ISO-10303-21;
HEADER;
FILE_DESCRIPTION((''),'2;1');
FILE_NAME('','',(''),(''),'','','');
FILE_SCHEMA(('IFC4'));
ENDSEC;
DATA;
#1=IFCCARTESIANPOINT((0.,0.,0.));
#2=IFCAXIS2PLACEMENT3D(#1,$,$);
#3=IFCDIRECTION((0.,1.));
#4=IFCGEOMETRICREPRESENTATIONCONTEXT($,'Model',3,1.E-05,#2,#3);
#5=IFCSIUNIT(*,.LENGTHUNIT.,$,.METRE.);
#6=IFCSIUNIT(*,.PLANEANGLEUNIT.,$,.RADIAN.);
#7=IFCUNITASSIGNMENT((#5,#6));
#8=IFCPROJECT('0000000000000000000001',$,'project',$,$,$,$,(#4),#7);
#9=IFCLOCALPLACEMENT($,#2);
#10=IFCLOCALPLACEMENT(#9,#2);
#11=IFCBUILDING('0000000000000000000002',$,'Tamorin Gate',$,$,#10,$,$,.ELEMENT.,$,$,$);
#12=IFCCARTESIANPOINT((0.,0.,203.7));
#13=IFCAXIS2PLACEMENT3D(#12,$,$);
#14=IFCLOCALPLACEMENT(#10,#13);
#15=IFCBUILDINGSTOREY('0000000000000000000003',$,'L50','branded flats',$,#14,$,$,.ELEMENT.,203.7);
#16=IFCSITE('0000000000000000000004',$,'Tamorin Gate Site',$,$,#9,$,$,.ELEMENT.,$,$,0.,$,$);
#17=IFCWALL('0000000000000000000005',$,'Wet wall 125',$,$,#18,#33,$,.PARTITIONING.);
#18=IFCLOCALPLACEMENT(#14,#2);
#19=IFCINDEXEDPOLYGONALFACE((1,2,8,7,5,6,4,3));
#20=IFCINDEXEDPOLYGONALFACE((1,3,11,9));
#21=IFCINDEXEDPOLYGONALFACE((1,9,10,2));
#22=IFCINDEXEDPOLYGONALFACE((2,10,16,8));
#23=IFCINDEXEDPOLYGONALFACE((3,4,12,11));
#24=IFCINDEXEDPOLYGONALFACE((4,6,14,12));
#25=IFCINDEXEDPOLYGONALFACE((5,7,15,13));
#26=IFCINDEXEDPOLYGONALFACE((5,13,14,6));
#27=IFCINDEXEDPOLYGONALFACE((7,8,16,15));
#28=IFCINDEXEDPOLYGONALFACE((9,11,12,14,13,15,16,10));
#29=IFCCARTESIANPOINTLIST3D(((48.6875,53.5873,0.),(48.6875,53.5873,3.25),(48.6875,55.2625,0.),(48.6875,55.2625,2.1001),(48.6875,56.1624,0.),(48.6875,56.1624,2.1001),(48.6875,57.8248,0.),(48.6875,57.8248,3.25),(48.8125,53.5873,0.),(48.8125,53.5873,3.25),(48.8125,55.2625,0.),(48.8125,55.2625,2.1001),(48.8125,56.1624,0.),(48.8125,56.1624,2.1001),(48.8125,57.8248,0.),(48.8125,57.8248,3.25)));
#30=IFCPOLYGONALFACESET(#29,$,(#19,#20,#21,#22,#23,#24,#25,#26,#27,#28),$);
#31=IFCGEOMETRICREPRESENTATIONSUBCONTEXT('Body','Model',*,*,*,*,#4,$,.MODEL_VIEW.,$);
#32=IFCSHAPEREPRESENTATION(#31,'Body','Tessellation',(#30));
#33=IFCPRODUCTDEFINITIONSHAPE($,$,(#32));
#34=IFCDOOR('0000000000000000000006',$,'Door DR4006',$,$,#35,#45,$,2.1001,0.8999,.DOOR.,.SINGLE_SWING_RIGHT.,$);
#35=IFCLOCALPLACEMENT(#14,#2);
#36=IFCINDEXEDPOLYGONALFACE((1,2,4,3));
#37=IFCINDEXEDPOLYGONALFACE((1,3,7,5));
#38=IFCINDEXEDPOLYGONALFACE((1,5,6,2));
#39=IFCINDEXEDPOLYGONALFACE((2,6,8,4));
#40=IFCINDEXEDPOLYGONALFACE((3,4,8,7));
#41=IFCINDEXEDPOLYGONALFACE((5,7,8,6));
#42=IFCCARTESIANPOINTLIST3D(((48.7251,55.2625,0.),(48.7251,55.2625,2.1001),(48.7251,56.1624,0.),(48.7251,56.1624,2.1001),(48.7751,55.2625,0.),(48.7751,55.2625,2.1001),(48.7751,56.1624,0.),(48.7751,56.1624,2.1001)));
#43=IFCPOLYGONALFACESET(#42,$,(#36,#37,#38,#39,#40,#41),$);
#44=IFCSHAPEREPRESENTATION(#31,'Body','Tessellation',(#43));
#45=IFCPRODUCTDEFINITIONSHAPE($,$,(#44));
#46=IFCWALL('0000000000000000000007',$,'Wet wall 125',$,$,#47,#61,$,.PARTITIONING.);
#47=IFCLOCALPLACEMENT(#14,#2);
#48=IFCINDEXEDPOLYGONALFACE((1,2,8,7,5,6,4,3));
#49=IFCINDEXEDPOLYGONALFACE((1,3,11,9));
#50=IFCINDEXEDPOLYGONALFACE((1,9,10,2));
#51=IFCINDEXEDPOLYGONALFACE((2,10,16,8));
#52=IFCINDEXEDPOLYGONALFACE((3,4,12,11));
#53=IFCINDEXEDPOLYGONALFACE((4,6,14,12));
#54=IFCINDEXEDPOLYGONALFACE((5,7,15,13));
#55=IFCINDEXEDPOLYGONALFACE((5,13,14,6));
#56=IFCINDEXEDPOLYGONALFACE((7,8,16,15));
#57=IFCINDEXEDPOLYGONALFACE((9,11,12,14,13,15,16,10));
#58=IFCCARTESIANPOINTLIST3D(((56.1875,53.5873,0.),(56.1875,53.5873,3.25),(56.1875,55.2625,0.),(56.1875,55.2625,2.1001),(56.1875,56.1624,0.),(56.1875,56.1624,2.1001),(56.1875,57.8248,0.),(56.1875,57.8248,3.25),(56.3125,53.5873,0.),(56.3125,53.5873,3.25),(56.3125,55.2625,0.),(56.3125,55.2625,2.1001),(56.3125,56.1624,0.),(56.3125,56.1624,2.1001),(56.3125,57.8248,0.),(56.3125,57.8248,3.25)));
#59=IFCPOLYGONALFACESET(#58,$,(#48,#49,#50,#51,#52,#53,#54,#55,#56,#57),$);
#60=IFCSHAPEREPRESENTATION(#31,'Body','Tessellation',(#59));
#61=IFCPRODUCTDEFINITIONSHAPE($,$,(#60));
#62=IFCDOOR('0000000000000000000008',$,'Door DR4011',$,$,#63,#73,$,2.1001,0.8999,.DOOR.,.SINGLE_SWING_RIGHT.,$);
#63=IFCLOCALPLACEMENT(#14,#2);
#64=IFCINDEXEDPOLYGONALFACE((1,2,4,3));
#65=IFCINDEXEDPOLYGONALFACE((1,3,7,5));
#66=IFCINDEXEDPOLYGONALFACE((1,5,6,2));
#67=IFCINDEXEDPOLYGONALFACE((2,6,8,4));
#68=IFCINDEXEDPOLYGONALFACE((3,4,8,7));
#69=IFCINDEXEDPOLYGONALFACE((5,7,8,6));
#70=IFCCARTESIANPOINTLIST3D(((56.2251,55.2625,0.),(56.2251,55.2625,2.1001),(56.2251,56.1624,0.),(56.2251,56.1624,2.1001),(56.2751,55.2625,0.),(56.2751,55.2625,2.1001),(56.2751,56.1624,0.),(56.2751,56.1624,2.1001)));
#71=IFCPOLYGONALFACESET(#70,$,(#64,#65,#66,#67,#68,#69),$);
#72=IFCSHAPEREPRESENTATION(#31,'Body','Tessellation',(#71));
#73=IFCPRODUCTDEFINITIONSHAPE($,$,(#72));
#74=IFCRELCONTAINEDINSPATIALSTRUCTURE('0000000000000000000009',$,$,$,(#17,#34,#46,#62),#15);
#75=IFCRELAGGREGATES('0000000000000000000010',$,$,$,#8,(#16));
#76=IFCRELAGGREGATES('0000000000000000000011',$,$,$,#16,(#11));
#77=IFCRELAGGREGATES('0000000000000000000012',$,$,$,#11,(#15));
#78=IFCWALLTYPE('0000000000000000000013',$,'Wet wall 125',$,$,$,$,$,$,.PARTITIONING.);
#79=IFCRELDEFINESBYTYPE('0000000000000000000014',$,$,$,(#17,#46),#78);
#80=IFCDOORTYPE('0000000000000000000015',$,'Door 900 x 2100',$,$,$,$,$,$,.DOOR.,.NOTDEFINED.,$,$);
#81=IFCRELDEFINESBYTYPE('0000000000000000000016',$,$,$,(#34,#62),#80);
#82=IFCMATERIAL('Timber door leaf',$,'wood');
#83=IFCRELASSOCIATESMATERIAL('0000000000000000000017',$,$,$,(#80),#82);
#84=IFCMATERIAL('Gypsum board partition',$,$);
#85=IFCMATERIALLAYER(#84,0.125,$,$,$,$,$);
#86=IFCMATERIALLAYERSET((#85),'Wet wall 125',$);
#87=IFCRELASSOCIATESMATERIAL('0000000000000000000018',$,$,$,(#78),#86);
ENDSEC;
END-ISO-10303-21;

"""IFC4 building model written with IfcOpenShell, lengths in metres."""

from ifc_helpers import new_model, si_unit, direction, frame, frame_2d, origin, place, context, subcontext, project, spatial, rectangle, extrude, material, layer, layer_set, type_object, element, fill, save


model = new_model("IFC4")

# Units and contexts
model_context = context("Model", 3, precision=1e-05, world=origin(), true_north=direction((0.0, 1.0)))
body_context = subcontext(model_context, "Body", "Model", "MODEL_VIEW")
ifc_project = project(units=[si_unit("LENGTHUNIT", "METRE"), si_unit("PLANEANGLEUNIT", "RADIAN")], contexts=[model_context])

# Site, building, storey
site_placement = place(None, origin())
site = spatial("IfcSite", under=ifc_project, at=site_placement, Name="Tamorin Gate Site", CompositionType="ELEMENT", RefElevation=0.0)
building_placement = place(site_placement, origin())
building = spatial("IfcBuilding", under=site, at=building_placement, Name="Tamorin Gate", CompositionType="ELEMENT")
storey_placement = place(building_placement, frame((0.0, 0.0, 203.7)))
storey = spatial("IfcBuildingStorey", under=building, at=storey_placement, Name="L50", Description="branded flats", CompositionType="ELEMENT", Elevation=203.7)

# Shared definitions
ifc_material_1 = material(Name="Gypsum board partition")

# Shared definitions
ifc_material_2 = material(Name="Timber door leaf", Category="wood")
door_type = type_object("IfcDoorType", Name="Door 900 x 2100", OperationType="NOTDEFINED", PredefinedType="DOOR", material=ifc_material_2)

# Shared definitions
ifc_layer_1 = layer(ifc_material_1, 0.125)
ifc_layer_set_1 = layer_set([ifc_layer_1], Name="Wet wall 125")
wall_type_1 = type_object("IfcWallType", Name="Wet wall 125", PredefinedType="PARTITIONING", material=ifc_layer_set_1)

# Walls, openings, doors
wall_1_placement = place(storey_placement, frame((48.75, 53.5874, 0.0), z_axis=(0.0, 0.0, 1.0), x_axis=(0.0, 1.0, 0.0)))
wall_1 = element("IfcWall", 1, at=wall_1_placement, inside=storey, type_object=wall_type_1, Name="Wet wall 125", PredefinedType="PARTITIONING", context=body_context, shape_type="SweptSolid", body=[
    extrude(rectangle(XDim=4.2375, YDim=0.125, at=frame_2d((2.1187, 0.0))), origin(), (0.0, 0.0, 1.0), 3.25),
])
opening_1_placement = place(wall_1_placement, frame((1.675, 0.0, 0.0)))
opening_1 = element("IfcOpeningElement", 2, at=opening_1_placement, cuts=wall_1, PredefinedType="OPENING", context=body_context, shape_type="SweptSolid", body=[
    extrude(rectangle(XDim=0.8999, YDim=2.1001, at=frame_2d((0.45, 1.05))), frame((0.0, 0.0725, 0.0), z_axis=(0.0, -1.0, 0.0), x_axis=(1.0, 0.0, 0.0)), (0.0, 0.0, 1.0), 0.145),
])
door_1_placement = place(opening_1_placement, origin())
door_1 = element("IfcDoor", 3, at=door_1_placement, inside=storey, type_object=door_type, Name="Door DR4006", OperationType="SINGLE_SWING_RIGHT", OverallHeight=2.1001, OverallWidth=0.8999, PredefinedType="DOOR", context=body_context, shape_type="SweptSolid", body=[
    extrude(rectangle(XDim=0.8999, YDim=2.1001, at=frame_2d((0.45, 1.05))), frame((0.0, 0.0249, 0.0), z_axis=(0.0, -1.0, 0.0), x_axis=(1.0, 0.0, 0.0)), (0.0, 0.0, 1.0), 0.05),
])
fill(opening_1, door_1)
wall_2_placement = place(storey_placement, frame((56.25, 53.5874, 0.0), z_axis=(0.0, 0.0, 1.0), x_axis=(0.0, 1.0, 0.0)))
wall_2 = element("IfcWall", 4, at=wall_2_placement, inside=storey, type_object=wall_type_1, Name="Wet wall 125", PredefinedType="PARTITIONING", context=body_context, shape_type="SweptSolid", body=[
    extrude(rectangle(XDim=4.2375, YDim=0.125, at=frame_2d((2.1187, 0.0))), origin(), (0.0, 0.0, 1.0), 3.25),
])
opening_2_placement = place(wall_2_placement, frame((1.675, 0.0, 0.0)))
opening_2 = element("IfcOpeningElement", 5, at=opening_2_placement, cuts=wall_2, PredefinedType="OPENING", context=body_context, shape_type="SweptSolid", body=[
    extrude(rectangle(XDim=0.8999, YDim=2.1001, at=frame_2d((0.45, 1.05))), frame((0.0, 0.0725, 0.0), z_axis=(0.0, -1.0, 0.0), x_axis=(1.0, 0.0, 0.0)), (0.0, 0.0, 1.0), 0.145),
])
door_2_placement = place(opening_2_placement, origin())
door_2 = element("IfcDoor", 6, at=door_2_placement, inside=storey, type_object=door_type, Name="Door DR4011", OperationType="SINGLE_SWING_RIGHT", OverallHeight=2.1001, OverallWidth=0.8999, PredefinedType="DOOR", context=body_context, shape_type="SweptSolid", body=[
    extrude(rectangle(XDim=0.8999, YDim=2.1001, at=frame_2d((0.45, 1.05))), frame((0.0, 0.0249, 0.0), z_axis=(0.0, -1.0, 0.0), x_axis=(1.0, 0.0, 0.0)), (0.0, 0.0, 1.0), 0.05),
])
fill(opening_2, door_2)

save(model, "model.ifc")
